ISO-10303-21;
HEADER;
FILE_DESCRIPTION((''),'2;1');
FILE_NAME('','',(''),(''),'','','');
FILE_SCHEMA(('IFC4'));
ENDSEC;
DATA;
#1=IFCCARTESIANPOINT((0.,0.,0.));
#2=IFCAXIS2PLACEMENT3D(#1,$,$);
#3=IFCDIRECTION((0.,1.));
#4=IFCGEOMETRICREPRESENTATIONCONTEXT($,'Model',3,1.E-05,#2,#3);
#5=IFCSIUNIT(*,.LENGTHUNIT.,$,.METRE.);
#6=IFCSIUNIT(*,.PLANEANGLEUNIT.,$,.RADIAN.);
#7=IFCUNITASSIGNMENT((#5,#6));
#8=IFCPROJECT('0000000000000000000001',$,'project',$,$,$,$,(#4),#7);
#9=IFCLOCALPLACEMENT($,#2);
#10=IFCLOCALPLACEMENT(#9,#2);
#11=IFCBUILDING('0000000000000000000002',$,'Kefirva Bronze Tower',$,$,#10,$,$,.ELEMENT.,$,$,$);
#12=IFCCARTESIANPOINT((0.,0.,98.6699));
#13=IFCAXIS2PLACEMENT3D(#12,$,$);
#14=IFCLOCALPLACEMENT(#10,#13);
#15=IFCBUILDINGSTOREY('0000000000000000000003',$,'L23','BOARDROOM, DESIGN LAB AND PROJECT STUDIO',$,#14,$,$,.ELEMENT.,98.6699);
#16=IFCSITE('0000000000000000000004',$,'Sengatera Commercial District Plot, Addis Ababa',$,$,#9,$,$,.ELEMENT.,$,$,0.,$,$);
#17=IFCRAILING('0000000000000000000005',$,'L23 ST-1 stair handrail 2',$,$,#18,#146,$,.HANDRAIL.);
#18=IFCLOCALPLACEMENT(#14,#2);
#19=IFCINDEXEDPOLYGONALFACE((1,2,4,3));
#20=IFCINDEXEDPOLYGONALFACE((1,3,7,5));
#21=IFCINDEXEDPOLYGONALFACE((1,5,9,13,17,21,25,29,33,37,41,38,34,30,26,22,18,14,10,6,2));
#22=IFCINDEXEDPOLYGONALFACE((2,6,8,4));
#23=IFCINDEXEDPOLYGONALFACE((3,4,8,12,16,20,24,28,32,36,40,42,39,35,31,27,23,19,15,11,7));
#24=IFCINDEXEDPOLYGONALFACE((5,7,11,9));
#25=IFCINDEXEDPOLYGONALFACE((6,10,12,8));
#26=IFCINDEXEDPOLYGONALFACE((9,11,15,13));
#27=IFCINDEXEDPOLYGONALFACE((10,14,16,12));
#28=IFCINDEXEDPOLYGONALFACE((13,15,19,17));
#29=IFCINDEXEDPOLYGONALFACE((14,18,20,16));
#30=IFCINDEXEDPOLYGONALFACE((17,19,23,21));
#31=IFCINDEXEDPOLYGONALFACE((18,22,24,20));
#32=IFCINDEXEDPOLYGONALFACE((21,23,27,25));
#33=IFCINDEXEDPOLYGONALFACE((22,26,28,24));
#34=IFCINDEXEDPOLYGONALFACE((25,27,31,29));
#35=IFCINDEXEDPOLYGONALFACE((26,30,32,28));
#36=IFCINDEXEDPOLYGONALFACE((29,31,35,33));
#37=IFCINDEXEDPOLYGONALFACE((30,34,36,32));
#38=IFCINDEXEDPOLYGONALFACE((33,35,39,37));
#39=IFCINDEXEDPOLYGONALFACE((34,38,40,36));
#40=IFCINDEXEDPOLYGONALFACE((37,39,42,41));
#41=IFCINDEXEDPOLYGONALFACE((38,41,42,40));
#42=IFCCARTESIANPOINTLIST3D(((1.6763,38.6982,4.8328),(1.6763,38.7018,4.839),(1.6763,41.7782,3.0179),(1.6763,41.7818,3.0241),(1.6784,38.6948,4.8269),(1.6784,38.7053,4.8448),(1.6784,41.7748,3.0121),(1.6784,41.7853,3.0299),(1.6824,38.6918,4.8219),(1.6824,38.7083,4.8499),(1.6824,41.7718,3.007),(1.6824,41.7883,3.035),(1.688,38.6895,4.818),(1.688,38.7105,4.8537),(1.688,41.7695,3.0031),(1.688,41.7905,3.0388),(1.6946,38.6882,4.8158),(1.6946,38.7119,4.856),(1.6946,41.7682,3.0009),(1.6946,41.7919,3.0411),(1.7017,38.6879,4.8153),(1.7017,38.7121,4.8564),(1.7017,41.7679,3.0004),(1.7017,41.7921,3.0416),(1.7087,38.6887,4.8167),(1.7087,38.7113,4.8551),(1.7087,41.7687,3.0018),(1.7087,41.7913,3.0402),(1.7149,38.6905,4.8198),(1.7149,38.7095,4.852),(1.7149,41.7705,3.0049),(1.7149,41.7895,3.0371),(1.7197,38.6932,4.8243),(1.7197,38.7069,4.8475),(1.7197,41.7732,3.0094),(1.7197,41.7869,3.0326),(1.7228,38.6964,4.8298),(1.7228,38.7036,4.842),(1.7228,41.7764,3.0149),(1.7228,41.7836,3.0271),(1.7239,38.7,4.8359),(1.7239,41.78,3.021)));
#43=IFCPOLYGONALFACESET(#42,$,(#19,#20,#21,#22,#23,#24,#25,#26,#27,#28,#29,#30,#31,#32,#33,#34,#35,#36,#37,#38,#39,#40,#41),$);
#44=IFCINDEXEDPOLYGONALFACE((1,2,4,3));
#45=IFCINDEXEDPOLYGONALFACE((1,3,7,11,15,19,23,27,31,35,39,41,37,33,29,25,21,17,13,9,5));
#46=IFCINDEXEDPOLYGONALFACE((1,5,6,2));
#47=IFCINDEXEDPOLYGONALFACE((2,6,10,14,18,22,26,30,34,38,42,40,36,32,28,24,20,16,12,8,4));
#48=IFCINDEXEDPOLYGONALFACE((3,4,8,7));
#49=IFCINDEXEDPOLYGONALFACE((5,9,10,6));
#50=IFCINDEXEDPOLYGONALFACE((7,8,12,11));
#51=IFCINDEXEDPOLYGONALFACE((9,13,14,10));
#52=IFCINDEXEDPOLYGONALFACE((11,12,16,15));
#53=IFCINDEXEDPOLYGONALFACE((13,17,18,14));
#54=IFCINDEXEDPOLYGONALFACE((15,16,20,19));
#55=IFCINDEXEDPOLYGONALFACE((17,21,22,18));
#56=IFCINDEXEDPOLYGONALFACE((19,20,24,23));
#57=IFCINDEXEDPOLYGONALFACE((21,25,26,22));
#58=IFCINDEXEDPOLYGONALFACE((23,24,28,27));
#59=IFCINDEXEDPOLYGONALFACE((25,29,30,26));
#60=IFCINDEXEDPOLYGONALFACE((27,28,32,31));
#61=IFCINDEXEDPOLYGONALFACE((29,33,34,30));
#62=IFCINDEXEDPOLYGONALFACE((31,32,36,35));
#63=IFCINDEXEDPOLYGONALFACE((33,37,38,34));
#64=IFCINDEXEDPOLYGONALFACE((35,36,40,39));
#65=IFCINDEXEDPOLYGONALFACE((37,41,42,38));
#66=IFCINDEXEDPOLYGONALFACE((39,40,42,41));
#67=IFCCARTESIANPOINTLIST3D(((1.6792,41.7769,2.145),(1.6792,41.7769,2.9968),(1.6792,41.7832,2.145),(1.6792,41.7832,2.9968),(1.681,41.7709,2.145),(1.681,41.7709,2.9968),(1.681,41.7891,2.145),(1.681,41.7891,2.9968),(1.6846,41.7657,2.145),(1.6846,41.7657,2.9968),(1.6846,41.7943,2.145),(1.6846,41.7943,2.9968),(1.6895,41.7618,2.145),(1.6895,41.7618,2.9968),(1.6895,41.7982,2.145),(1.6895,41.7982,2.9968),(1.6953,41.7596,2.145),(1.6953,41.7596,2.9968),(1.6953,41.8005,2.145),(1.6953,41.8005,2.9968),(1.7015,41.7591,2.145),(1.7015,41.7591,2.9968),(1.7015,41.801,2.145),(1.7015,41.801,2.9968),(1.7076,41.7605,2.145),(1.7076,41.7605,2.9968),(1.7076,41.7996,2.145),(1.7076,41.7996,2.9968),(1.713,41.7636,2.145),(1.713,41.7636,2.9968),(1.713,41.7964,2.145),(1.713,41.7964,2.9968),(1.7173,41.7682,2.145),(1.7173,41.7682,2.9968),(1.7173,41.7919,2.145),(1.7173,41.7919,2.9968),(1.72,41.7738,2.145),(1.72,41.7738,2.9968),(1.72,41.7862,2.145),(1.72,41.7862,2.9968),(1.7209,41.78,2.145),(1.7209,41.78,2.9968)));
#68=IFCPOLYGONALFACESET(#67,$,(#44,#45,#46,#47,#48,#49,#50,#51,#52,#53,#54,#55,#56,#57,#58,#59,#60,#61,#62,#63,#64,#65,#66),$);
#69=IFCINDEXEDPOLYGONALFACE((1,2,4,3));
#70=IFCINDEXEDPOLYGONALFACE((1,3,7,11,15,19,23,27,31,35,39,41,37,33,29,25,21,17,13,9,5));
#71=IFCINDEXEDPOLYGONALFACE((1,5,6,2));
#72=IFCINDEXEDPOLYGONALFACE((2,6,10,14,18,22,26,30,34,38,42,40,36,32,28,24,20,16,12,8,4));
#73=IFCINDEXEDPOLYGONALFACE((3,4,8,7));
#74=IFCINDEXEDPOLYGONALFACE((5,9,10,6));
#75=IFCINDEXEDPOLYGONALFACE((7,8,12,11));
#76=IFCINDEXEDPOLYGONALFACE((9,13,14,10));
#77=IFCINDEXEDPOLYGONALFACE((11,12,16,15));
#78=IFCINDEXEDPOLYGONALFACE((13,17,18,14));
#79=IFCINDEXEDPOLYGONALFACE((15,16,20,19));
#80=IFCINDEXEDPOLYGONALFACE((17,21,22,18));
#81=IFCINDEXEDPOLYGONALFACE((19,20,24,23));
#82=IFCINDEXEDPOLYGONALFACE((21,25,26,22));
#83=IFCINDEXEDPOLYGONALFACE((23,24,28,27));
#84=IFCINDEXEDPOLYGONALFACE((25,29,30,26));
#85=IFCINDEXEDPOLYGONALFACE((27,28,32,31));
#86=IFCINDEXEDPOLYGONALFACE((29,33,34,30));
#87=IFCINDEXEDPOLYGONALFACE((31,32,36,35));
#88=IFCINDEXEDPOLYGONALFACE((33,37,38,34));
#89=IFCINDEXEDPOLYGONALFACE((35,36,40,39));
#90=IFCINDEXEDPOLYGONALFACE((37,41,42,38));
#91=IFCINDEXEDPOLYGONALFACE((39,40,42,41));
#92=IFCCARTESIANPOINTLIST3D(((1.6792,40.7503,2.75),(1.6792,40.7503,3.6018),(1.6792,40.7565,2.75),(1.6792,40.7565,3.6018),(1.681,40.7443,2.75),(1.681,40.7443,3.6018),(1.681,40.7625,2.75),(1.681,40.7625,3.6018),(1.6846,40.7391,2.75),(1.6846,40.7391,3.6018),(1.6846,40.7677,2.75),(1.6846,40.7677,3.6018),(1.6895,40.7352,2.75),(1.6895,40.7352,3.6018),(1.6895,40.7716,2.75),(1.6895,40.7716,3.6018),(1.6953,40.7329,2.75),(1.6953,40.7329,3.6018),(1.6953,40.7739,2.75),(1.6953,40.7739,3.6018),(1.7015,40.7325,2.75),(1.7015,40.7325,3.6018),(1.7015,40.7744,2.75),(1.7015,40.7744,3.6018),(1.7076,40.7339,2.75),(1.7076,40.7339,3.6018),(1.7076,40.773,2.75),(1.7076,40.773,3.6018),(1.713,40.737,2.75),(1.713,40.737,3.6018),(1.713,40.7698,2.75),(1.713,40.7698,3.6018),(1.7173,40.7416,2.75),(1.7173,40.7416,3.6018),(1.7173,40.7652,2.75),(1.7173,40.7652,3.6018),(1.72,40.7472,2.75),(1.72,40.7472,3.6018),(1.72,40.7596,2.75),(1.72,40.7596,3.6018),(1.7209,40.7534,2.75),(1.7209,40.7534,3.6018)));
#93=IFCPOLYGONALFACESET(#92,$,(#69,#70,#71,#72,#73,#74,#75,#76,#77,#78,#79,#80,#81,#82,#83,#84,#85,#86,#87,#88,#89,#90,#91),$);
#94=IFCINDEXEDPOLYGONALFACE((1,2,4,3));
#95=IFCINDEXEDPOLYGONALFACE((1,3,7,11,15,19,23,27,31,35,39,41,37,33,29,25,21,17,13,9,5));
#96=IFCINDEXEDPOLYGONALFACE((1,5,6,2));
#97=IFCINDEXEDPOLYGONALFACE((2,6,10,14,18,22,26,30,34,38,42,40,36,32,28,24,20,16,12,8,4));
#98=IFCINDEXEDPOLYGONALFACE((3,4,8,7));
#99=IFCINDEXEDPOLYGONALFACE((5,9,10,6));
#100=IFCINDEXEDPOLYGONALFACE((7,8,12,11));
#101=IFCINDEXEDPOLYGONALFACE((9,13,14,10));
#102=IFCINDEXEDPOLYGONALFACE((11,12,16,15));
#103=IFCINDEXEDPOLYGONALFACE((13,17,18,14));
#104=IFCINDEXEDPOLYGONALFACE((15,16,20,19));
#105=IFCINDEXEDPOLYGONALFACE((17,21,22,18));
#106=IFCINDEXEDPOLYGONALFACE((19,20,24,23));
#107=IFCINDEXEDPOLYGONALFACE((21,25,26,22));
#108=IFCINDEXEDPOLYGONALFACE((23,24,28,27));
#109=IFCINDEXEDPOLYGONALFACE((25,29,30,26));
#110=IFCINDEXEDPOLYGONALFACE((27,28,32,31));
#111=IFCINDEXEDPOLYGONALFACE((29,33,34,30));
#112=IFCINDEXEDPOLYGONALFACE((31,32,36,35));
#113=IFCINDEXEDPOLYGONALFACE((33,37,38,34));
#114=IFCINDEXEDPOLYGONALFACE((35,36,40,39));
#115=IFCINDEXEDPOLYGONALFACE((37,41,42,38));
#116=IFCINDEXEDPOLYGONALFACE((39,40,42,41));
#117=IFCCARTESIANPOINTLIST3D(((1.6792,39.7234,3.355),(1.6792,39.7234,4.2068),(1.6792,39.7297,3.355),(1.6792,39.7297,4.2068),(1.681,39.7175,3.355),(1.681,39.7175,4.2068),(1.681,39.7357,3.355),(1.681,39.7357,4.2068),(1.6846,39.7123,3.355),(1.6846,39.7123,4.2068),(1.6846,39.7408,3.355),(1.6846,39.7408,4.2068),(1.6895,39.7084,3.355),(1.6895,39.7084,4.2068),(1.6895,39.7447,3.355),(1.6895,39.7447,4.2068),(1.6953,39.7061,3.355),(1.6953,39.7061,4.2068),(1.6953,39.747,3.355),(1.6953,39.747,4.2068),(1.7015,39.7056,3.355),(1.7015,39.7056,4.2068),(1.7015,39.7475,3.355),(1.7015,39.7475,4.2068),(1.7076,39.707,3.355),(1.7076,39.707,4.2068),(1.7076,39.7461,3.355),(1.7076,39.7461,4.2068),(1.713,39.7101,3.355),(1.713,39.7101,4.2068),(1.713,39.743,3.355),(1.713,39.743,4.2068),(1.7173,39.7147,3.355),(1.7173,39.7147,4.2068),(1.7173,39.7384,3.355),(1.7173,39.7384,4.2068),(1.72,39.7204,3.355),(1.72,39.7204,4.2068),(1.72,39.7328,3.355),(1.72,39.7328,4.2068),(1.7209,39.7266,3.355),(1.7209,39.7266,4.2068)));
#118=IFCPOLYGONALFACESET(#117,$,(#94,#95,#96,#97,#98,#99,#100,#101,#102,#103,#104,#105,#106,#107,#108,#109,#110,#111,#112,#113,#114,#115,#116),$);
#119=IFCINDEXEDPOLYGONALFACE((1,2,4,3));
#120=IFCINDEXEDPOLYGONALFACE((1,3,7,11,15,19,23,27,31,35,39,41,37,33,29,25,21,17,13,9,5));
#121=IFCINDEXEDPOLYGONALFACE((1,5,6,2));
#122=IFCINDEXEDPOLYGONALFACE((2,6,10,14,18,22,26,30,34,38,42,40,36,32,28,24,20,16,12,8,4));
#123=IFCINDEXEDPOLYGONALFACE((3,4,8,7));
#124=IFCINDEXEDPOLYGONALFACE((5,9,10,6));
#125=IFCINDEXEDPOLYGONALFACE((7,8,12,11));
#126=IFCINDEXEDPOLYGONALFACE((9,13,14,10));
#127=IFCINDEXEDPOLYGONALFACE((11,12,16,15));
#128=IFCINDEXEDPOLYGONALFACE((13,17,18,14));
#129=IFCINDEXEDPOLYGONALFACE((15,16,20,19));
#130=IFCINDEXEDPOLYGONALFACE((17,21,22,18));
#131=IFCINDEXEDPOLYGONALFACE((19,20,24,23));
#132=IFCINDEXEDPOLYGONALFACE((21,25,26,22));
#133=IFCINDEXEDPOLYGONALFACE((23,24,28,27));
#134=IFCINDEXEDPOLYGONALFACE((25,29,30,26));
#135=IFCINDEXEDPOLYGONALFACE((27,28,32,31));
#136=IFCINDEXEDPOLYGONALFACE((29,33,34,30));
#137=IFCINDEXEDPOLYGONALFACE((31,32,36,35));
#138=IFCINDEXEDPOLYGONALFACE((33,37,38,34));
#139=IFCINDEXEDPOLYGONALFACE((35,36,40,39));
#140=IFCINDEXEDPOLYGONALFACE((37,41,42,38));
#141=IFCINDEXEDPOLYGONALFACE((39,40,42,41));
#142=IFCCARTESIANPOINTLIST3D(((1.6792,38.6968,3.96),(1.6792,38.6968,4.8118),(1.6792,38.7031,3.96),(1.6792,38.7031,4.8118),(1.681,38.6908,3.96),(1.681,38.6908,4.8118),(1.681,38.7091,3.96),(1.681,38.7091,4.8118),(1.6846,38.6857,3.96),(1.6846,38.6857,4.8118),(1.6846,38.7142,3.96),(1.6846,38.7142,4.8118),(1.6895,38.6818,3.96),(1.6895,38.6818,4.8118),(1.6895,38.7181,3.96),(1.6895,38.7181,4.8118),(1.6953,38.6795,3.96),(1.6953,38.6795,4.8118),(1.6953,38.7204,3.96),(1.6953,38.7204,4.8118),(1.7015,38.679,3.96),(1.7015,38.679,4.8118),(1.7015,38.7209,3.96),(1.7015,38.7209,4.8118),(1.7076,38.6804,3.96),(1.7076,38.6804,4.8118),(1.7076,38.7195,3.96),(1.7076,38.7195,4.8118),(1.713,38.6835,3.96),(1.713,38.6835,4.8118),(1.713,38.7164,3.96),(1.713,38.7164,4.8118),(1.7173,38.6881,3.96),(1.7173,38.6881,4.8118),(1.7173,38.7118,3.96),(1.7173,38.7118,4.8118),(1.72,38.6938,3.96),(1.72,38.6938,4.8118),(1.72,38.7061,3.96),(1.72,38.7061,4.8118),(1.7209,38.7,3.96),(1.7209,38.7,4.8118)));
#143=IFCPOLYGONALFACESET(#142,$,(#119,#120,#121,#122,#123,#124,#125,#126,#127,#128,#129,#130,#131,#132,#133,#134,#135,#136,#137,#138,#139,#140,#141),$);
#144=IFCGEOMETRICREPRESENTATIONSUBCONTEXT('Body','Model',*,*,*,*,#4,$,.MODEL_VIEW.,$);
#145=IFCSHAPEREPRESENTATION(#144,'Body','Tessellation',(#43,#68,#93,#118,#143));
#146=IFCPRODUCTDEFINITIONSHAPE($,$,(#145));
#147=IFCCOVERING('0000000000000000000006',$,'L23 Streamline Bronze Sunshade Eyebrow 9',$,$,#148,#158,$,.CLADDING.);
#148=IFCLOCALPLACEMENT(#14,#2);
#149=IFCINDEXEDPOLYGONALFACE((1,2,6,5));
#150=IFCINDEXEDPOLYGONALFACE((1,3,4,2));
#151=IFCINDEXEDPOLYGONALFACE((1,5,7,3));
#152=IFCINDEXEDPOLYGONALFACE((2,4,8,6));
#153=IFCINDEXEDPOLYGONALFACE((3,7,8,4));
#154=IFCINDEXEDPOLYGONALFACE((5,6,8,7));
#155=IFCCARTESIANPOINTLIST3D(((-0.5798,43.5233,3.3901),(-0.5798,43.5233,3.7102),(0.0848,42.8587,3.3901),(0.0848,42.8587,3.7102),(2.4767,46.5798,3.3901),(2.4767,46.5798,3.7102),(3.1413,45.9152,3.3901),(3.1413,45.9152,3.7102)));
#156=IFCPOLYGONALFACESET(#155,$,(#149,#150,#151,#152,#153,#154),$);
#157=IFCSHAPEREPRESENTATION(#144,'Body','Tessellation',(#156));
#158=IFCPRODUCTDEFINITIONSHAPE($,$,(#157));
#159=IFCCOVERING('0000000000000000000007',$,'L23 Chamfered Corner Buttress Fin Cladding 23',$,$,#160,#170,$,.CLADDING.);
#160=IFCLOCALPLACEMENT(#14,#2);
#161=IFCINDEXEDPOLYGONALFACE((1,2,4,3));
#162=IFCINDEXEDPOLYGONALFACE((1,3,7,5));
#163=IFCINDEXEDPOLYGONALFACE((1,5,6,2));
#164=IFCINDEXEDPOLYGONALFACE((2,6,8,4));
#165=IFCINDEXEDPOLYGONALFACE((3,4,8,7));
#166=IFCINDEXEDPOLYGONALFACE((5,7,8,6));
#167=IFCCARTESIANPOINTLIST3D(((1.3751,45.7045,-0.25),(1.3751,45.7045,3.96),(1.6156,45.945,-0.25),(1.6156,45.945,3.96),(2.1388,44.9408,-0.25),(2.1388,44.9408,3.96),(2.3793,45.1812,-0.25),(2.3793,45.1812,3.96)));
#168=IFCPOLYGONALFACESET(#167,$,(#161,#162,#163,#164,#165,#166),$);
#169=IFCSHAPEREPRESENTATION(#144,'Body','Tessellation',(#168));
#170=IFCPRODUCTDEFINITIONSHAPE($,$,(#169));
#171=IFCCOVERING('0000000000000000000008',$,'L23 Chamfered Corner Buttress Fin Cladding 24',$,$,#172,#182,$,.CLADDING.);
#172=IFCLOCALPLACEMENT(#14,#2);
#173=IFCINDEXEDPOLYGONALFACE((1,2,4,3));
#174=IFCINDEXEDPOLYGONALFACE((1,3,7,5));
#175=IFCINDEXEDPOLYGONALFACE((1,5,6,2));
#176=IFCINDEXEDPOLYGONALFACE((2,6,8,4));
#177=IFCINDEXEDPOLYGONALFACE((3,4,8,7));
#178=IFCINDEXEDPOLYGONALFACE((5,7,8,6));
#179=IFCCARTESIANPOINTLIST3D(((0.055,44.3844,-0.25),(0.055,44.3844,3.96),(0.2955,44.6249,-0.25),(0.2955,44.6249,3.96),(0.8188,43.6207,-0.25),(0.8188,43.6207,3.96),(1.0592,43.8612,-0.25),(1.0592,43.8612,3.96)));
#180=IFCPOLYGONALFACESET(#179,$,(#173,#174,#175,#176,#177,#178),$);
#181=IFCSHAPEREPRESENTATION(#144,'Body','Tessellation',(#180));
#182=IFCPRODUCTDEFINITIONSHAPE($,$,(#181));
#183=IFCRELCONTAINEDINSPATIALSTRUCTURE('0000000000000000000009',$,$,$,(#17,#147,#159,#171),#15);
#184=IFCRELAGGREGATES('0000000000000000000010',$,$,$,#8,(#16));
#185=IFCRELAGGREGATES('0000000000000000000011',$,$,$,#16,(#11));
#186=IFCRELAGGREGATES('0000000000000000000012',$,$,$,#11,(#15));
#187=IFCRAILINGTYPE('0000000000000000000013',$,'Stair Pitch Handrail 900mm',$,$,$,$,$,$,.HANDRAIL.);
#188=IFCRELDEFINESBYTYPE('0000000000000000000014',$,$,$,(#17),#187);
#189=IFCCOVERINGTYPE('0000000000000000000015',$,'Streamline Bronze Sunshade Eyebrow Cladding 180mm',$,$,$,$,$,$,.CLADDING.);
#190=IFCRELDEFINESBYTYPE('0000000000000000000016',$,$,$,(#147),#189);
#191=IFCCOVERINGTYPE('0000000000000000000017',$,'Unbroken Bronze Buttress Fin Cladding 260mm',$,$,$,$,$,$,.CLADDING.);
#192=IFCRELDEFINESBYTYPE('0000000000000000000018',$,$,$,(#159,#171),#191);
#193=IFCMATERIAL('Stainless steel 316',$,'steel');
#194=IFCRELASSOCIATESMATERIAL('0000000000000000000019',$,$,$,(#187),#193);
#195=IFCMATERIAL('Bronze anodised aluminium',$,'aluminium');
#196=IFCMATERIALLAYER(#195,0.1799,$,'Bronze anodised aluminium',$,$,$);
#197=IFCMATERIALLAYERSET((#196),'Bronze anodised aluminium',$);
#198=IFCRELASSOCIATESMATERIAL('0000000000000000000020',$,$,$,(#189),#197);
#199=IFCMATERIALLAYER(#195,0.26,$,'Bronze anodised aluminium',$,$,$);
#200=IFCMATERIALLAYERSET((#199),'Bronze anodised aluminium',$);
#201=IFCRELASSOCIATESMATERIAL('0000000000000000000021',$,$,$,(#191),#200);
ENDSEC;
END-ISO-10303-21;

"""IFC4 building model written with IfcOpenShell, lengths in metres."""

from ifc_helpers import new_model, si_unit, direction, frame, origin, origin_2d, place, context, subcontext, project, spatial, rectangle, circle, extrude, material, layer, layer_set, type_object, element, save


model = new_model("IFC4")

# Units and contexts
model_context = context("Model", 3, precision=1e-05, world=origin(), true_north=direction((0.0, 1.0)))
body_context = subcontext(model_context, "Body", "Model", "MODEL_VIEW")
ifc_project = project(units=[si_unit("LENGTHUNIT", "METRE"), si_unit("PLANEANGLEUNIT", "RADIAN")], contexts=[model_context])

# Site, building, storey
site_placement = place(None, origin())
site = spatial("IfcSite", under=ifc_project, at=site_placement, Name="Sengatera Commercial District Plot, Addis Ababa", CompositionType="ELEMENT", RefElevation=0.0)
building_placement = place(site_placement, origin())
building = spatial("IfcBuilding", under=site, at=building_placement, Name="Kefirva Bronze Tower", CompositionType="ELEMENT")
storey_placement = place(building_placement, frame((0.0, 0.0, 98.6699)))
storey = spatial("IfcBuildingStorey", under=building, at=storey_placement, Name="L23", Description="BOARDROOM, DESIGN LAB AND PROJECT STUDIO", CompositionType="ELEMENT", Elevation=98.6699)

# Shared definitions
ifc_material_1 = material(Name="Bronze anodised aluminium", Category="aluminium")

# Railing
ifc_material_2 = material(Name="Stainless steel 316", Category="steel")
railing_type_1 = type_object("IfcRailingType", Name="Stair Pitch Handrail 900mm", PredefinedType="HANDRAIL", material=ifc_material_2)
railing_1_placement = place(storey_placement, frame((1.7, 41.78, 2.145)))
element("IfcRailing", 1, at=railing_1_placement, inside=storey, type_object=railing_type_1, Name="L23 ST-1 stair handrail 2", PredefinedType="HANDRAIL", context=body_context, shape_type="SweptSolid", body=[
    extrude(circle(Radius=0.0239, at=origin_2d()), frame((0.0, 0.0, 0.876), z_axis=(0.0, -0.861551, 0.507671), x_axis=(1.0, 0.0, 0.0)), (0.0, 0.0, 1.0), 3.575),
    extrude(circle(Radius=0.021, at=origin_2d()), origin(), (0.0, 0.0, 1.0), 0.8518),
    extrude(circle(Radius=0.021, at=origin_2d()), frame((0.0, -1.0266, 0.605)), (0.0, 0.0, 1.0), 0.8518),
    extrude(circle(Radius=0.021, at=origin_2d()), frame((0.0, -2.0535, 1.21)), (0.0, 0.0, 1.0), 0.8518),
    extrude(circle(Radius=0.021, at=origin_2d()), frame((0.0, -3.0801, 1.8149)), (0.0, 0.0, 1.0), 0.8518),
])

# Coverings
ifc_layer_1 = layer(ifc_material_1, 0.1799, Name="Bronze anodised aluminium")
ifc_layer_set_1 = layer_set([ifc_layer_1], Name="Bronze anodised aluminium")
covering_type_1 = type_object("IfcCoveringType", Name="Streamline Bronze Sunshade Eyebrow Cladding 180mm", PredefinedType="CLADDING", material=ifc_layer_set_1)
covering_1_placement = place(storey_placement, frame((1.2808, 44.7192, 3.3901), z_axis=(0.0, 0.0, 1.0), x_axis=(-0.707107, -0.707107, 0.0)))
element("IfcCovering", 2, at=covering_1_placement, inside=storey, type_object=covering_type_1, Name="L23 Streamline Bronze Sunshade Eyebrow 9", PredefinedType="CLADDING", context=body_context, shape_type="SweptSolid", body=[
    extrude(rectangle(XDim=4.3225, YDim=0.9399, at=origin_2d()), origin(), (0.0, 0.0, 1.0), 0.3201),
])
ifc_layer_2 = layer(ifc_material_1, 0.26, Name="Bronze anodised aluminium")
ifc_layer_set_2 = layer_set([ifc_layer_2], Name="Bronze anodised aluminium")
covering_type_2 = type_object("IfcCoveringType", Name="Unbroken Bronze Buttress Fin Cladding 260mm", PredefinedType="CLADDING", material=ifc_layer_set_2)
for number, where, z_axis, x_axis, name in (
    (3, (1.8772, 45.4429, -0.25), (0.0, 0.0, 1.0), (-0.707107, -0.707107, 0.0), "L23 Chamfered Corner Buttress Fin Cladding 23"),
    (4, (0.5571, 44.1228, -0.25), (0.0, 0.0, 1.0), (-0.707107, -0.707107, 0.0), "L23 Chamfered Corner Buttress Fin Cladding 24"),
):
    element("IfcCovering", number, at=place(storey_placement, frame(where, z_axis=z_axis, x_axis=x_axis)), inside=storey, type_object=covering_type_2, Name=name, PredefinedType="CLADDING", context=body_context, shape_type="SweptSolid", body=[
        extrude(rectangle(XDim=0.3401, YDim=1.0801, at=origin_2d()), origin(), (0.0, 0.0, 1.0), 4.21),
    ])

save(model, "model.ifc")
